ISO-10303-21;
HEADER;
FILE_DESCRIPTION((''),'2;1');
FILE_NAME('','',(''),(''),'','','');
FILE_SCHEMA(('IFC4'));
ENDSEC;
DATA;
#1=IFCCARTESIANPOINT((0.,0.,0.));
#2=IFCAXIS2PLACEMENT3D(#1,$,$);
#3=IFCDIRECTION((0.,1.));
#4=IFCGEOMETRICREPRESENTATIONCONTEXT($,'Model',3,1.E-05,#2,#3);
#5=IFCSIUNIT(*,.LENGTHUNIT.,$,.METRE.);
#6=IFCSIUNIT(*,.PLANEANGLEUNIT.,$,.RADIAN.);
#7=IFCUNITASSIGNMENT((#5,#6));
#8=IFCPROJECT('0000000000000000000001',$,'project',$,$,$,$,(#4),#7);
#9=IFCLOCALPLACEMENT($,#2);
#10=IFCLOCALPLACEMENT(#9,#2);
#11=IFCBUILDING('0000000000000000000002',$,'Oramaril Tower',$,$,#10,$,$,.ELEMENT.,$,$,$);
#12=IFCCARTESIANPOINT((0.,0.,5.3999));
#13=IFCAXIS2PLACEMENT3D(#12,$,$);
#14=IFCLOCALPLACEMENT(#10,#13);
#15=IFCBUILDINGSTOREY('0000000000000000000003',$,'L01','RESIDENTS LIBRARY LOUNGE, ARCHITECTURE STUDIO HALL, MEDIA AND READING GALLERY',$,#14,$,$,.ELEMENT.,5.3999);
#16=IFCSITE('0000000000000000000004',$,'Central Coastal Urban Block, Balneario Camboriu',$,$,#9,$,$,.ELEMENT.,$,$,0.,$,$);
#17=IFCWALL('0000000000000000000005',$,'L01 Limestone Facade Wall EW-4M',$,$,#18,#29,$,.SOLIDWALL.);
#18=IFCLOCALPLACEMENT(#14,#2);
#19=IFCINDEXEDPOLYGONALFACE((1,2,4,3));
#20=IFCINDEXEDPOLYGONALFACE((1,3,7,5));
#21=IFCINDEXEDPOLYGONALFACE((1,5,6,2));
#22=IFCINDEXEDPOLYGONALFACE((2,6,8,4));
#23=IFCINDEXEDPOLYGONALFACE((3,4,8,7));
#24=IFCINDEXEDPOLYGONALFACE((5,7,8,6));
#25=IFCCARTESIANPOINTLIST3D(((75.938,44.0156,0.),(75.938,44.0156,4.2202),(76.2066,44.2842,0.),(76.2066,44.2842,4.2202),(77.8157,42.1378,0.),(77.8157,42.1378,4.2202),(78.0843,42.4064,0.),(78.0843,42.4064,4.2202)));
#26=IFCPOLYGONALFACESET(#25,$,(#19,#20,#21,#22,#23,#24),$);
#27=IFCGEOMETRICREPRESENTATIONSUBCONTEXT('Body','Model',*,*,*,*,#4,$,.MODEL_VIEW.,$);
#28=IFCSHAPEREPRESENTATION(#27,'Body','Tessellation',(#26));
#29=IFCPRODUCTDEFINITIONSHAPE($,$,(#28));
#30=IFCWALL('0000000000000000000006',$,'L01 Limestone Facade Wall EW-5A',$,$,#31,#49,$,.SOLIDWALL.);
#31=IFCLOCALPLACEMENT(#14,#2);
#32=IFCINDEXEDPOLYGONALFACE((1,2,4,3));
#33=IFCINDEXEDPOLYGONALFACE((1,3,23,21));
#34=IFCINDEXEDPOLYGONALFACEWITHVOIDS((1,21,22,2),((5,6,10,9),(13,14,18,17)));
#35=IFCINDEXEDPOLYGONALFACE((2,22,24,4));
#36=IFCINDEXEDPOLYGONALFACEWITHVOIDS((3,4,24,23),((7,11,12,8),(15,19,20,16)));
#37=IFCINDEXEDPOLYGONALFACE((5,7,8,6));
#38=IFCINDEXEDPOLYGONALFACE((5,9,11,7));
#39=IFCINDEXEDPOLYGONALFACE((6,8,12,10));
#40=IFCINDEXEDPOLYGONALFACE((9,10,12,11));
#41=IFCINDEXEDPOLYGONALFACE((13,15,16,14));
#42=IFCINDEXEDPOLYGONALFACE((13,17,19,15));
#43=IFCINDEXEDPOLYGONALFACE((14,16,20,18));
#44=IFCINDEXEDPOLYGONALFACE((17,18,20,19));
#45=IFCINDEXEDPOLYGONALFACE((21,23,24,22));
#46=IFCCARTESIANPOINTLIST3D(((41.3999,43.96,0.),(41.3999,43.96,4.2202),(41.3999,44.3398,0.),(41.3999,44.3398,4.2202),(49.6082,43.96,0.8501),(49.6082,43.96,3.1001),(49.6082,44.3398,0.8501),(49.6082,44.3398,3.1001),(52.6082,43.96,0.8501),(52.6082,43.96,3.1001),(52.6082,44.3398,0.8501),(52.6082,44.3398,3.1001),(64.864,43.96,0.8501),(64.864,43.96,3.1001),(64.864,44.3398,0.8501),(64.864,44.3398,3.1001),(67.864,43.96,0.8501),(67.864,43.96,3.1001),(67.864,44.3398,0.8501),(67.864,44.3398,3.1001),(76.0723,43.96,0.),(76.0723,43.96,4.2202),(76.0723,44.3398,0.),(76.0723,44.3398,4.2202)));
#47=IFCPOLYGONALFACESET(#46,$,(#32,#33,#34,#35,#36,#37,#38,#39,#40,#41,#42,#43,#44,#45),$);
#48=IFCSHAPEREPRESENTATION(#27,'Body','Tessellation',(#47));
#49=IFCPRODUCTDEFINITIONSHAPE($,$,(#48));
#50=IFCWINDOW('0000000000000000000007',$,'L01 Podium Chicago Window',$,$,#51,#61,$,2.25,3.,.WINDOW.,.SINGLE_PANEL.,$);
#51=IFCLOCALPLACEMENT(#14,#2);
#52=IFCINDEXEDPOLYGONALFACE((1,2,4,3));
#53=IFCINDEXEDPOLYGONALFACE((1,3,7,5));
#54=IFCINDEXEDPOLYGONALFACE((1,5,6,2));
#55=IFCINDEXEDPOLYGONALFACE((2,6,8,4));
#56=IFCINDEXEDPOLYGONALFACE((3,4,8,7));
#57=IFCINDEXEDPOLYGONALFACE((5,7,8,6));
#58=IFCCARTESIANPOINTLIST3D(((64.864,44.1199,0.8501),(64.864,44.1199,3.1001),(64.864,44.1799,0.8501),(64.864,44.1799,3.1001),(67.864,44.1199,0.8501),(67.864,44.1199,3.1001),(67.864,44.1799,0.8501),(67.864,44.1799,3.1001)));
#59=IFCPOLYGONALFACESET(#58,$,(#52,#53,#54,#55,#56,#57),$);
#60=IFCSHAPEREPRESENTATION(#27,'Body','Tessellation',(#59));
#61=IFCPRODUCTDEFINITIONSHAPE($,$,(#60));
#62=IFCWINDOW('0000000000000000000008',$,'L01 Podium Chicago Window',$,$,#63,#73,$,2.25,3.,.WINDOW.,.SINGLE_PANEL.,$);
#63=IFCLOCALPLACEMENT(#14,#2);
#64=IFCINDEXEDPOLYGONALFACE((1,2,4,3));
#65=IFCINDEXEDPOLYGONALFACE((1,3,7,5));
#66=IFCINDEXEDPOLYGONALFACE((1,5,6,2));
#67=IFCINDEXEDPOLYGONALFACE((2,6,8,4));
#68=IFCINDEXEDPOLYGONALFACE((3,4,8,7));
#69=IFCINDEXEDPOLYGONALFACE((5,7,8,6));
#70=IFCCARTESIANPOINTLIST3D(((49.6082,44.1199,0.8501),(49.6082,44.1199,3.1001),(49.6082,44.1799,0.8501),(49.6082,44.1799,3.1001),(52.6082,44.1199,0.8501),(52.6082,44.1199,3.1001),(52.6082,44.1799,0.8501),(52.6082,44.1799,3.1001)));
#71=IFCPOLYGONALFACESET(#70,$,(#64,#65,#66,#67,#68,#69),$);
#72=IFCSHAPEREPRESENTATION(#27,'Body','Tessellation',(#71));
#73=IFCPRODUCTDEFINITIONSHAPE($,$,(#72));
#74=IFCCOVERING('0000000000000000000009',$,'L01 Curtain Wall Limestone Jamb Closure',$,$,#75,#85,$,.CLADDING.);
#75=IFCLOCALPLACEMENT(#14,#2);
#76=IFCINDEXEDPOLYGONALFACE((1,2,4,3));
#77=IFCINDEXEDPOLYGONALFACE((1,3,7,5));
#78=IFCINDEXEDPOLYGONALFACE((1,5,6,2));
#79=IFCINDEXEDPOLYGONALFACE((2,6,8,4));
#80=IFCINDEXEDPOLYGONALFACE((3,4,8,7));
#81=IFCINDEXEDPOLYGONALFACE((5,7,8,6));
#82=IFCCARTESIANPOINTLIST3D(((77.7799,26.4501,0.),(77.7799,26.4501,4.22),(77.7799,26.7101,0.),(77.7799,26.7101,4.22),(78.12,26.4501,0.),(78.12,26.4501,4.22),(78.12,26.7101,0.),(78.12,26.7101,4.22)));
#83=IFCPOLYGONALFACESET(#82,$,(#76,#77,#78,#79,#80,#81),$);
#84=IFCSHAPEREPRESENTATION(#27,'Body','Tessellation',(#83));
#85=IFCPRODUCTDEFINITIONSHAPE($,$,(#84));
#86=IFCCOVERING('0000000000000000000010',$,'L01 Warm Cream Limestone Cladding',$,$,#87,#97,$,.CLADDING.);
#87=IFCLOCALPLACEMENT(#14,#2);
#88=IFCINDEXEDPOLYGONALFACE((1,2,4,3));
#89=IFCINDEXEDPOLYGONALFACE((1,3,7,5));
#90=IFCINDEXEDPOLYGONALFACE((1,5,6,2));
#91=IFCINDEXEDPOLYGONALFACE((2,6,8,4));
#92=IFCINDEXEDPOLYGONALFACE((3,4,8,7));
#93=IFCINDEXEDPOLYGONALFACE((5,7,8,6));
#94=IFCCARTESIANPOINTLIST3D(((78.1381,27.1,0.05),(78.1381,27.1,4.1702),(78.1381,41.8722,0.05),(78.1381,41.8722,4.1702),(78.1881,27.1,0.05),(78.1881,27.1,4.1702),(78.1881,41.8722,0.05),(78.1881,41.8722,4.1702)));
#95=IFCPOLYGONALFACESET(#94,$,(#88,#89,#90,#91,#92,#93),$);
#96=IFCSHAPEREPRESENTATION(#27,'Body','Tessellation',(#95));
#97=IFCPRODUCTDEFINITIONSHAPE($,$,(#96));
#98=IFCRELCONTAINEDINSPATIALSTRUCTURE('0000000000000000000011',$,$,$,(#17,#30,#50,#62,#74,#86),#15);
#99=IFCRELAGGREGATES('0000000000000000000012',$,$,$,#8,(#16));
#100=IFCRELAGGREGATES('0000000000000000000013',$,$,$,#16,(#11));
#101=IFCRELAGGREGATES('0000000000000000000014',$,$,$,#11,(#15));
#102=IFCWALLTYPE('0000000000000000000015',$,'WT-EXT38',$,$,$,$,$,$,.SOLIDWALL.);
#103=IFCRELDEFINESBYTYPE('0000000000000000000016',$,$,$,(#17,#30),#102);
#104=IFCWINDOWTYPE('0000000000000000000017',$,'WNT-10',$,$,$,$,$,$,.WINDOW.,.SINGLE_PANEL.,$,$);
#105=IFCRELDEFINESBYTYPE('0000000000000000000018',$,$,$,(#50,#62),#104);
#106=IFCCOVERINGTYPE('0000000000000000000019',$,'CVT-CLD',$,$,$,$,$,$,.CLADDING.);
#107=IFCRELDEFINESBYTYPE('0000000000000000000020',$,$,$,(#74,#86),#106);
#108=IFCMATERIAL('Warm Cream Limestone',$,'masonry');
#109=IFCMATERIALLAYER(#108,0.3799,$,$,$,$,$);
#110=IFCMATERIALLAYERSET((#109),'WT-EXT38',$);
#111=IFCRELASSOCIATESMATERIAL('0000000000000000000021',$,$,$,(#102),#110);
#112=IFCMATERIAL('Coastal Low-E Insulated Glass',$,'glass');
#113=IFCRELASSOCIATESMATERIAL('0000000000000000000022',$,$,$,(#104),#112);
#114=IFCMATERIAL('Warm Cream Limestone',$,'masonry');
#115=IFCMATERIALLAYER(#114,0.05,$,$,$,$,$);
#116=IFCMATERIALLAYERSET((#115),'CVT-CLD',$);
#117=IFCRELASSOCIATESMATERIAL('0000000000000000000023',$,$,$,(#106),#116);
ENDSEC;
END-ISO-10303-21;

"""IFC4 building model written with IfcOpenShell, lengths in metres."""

from ifc_helpers import new_model, si_unit, direction, frame, frame_2d, origin, origin_2d, place, context, subcontext, project, spatial, rectangle, extrude, material, layer, layer_set, type_object, element, fill, save


model = new_model("IFC4")

# Units and contexts
model_context = context("Model", 3, precision=1e-05, world=origin(), true_north=direction((0.0, 1.0)))
body_context = subcontext(model_context, "Body", "Model", "MODEL_VIEW")
ifc_project = project(units=[si_unit("LENGTHUNIT", "METRE"), si_unit("PLANEANGLEUNIT", "RADIAN")], contexts=[model_context])

# Site, building, storey
site_placement = place(None, origin())
site = spatial("IfcSite", under=ifc_project, at=site_placement, Name="Central Coastal Urban Block, Balneario Camboriu", CompositionType="ELEMENT", RefElevation=0.0)
building_placement = place(site_placement, origin())
building = spatial("IfcBuilding", under=site, at=building_placement, Name="Oramaril Tower", CompositionType="ELEMENT")
storey_placement = place(building_placement, frame((0.0, 0.0, 5.3999)))
storey = spatial("IfcBuildingStorey", under=building, at=storey_placement, Name="L01", Description="RESIDENTS LIBRARY LOUNGE, ARCHITECTURE STUDIO HALL, MEDIA AND READING GALLERY", CompositionType="ELEMENT", Elevation=5.3999)

# Shared definitions
ifc_material_1 = material(Name="Warm Cream Limestone", Category="masonry")
ifc_layer_1 = layer(ifc_material_1, 0.3799)
ifc_layer_set_1 = layer_set([ifc_layer_1], Name="WT-EXT38")
wall_type = type_object("IfcWallType", Name="WT-EXT38", PredefinedType="SOLIDWALL", material=ifc_layer_set_1)
ifc_material_2 = material(Name="Coastal Low-E Insulated Glass", Category="glass")
window_type = type_object("IfcWindowType", Name="WNT-10", PartitioningType="SINGLE_PANEL", PredefinedType="WINDOW", material=ifc_material_2)

# Wall
wall_1_placement = place(storey_placement, frame((77.95, 42.2722, 0.0), z_axis=(0.0, 0.0, 1.0), x_axis=(-0.707107, 0.707107, 0.0)))
element("IfcWall", 1, at=wall_1_placement, inside=storey, type_object=wall_type, Name="L01 Limestone Facade Wall EW-4M", PredefinedType="SOLIDWALL", context=body_context, shape_type="SweptSolid", body=[
    extrude(rectangle(XDim=2.6555, YDim=0.3799, at=frame_2d((1.3276, 0.0))), origin(), (0.0, 0.0, 1.0), 4.2202),
])

# Wall, openings, windows
wall_2_placement = place(storey_placement, frame((76.0723, 44.1499, 0.0), z_axis=(0.0, 0.0, 1.0), x_axis=(-1.0, 0.0, 0.0)))
wall_2 = element("IfcWall", 2, at=wall_2_placement, inside=storey, type_object=wall_type, Name="L01 Limestone Facade Wall EW-5A", PredefinedType="SOLIDWALL", context=body_context, shape_type="SweptSolid", body=[
    extrude(rectangle(XDim=34.6724, YDim=0.3799, at=frame_2d((17.3362, 0.0))), origin(), (0.0, 0.0, 1.0), 4.2202),
])
opening_1_placement = place(wall_2_placement, frame((8.2083, 0.0, 0.8501)))
opening_1 = element("IfcOpeningElement", 3, at=opening_1_placement, cuts=wall_2, PredefinedType="OPENING", context=body_context, shape_type="SweptSolid", body=[
    extrude(rectangle(XDim=3.0, YDim=2.25, at=frame_2d((1.5, 1.125))), frame((0.0, 0.1899, 0.0), z_axis=(0.0, -1.0, 0.0), x_axis=(1.0, 0.0, 0.0)), (0.0, 0.0, 1.0), 0.3799),
])
opening_2_placement = place(wall_2_placement, frame((23.4641, 0.0, 0.8501)))
opening_2 = element("IfcOpeningElement", 4, at=opening_2_placement, cuts=wall_2, PredefinedType="OPENING", context=body_context, shape_type="SweptSolid", body=[
    extrude(rectangle(XDim=3.0, YDim=2.25, at=frame_2d((1.5, 1.125))), frame((0.0, 0.1899, 0.0), z_axis=(0.0, -1.0, 0.0), x_axis=(1.0, 0.0, 0.0)), (0.0, 0.0, 1.0), 0.3799),
])
window_1_placement = place(opening_1_placement, origin())
window_1 = element("IfcWindow", 5, at=window_1_placement, inside=storey, type_object=window_type, Name="L01 Podium Chicago Window", OverallHeight=2.25, OverallWidth=3.0, PartitioningType="SINGLE_PANEL", PredefinedType="WINDOW", context=body_context, shape_type="SweptSolid", body=[
    extrude(rectangle(XDim=3.0, YDim=2.25, at=frame_2d((1.5, 1.125))), frame((0.0, 0.03, 0.0), z_axis=(0.0, -1.0, 0.0), x_axis=(1.0, 0.0, 0.0)), (0.0, 0.0, 1.0), 0.0601),
])
fill(opening_1, window_1)
window_2_placement = place(opening_2_placement, origin())
window_2 = element("IfcWindow", 6, at=window_2_placement, inside=storey, type_object=window_type, Name="L01 Podium Chicago Window", OverallHeight=2.25, OverallWidth=3.0, PartitioningType="SINGLE_PANEL", PredefinedType="WINDOW", context=body_context, shape_type="SweptSolid", body=[
    extrude(rectangle(XDim=3.0, YDim=2.25, at=frame_2d((1.5, 1.125))), frame((0.0, 0.03, 0.0), z_axis=(0.0, -1.0, 0.0), x_axis=(1.0, 0.0, 0.0)), (0.0, 0.0, 1.0), 0.0601),
])
fill(opening_2, window_2)

# Coverings
ifc_material_3 = material(Name="Warm Cream Limestone", Category="masonry")
ifc_layer_2 = layer(ifc_material_3, 0.05)
ifc_layer_set_2 = layer_set([ifc_layer_2], Name="CVT-CLD")
covering_type = type_object("IfcCoveringType", Name="CVT-CLD", PredefinedType="CLADDING", material=ifc_layer_set_2)
covering_1_placement = place(storey_placement, frame((77.95, 26.5801, 0.0), z_axis=(0.0, 0.0, 1.0), x_axis=(0.0, 1.0, 0.0)))
element("IfcCovering", 7, at=covering_1_placement, inside=storey, type_object=covering_type, Name="L01 Curtain Wall Limestone Jamb Closure", PredefinedType="CLADDING", context=body_context, shape_type="SweptSolid", body=[
    extrude(rectangle(XDim=0.26, YDim=0.3401, at=origin_2d()), origin(), (0.0, 0.0, 1.0), 4.22),
])
covering_2_placement = place(storey_placement, frame((78.1631, 34.4861, 0.05), z_axis=(0.0, 0.0, 1.0), x_axis=(0.0, 1.0, 0.0)))
element("IfcCovering", 8, at=covering_2_placement, inside=storey, type_object=covering_type, Name="L01 Warm Cream Limestone Cladding", PredefinedType="CLADDING", context=body_context, shape_type="SweptSolid", body=[
    extrude(rectangle(XDim=14.7722, YDim=0.05, at=origin_2d()), origin(), (0.0, 0.0, 1.0), 4.1201),
])

save(model, "model.ifc")
